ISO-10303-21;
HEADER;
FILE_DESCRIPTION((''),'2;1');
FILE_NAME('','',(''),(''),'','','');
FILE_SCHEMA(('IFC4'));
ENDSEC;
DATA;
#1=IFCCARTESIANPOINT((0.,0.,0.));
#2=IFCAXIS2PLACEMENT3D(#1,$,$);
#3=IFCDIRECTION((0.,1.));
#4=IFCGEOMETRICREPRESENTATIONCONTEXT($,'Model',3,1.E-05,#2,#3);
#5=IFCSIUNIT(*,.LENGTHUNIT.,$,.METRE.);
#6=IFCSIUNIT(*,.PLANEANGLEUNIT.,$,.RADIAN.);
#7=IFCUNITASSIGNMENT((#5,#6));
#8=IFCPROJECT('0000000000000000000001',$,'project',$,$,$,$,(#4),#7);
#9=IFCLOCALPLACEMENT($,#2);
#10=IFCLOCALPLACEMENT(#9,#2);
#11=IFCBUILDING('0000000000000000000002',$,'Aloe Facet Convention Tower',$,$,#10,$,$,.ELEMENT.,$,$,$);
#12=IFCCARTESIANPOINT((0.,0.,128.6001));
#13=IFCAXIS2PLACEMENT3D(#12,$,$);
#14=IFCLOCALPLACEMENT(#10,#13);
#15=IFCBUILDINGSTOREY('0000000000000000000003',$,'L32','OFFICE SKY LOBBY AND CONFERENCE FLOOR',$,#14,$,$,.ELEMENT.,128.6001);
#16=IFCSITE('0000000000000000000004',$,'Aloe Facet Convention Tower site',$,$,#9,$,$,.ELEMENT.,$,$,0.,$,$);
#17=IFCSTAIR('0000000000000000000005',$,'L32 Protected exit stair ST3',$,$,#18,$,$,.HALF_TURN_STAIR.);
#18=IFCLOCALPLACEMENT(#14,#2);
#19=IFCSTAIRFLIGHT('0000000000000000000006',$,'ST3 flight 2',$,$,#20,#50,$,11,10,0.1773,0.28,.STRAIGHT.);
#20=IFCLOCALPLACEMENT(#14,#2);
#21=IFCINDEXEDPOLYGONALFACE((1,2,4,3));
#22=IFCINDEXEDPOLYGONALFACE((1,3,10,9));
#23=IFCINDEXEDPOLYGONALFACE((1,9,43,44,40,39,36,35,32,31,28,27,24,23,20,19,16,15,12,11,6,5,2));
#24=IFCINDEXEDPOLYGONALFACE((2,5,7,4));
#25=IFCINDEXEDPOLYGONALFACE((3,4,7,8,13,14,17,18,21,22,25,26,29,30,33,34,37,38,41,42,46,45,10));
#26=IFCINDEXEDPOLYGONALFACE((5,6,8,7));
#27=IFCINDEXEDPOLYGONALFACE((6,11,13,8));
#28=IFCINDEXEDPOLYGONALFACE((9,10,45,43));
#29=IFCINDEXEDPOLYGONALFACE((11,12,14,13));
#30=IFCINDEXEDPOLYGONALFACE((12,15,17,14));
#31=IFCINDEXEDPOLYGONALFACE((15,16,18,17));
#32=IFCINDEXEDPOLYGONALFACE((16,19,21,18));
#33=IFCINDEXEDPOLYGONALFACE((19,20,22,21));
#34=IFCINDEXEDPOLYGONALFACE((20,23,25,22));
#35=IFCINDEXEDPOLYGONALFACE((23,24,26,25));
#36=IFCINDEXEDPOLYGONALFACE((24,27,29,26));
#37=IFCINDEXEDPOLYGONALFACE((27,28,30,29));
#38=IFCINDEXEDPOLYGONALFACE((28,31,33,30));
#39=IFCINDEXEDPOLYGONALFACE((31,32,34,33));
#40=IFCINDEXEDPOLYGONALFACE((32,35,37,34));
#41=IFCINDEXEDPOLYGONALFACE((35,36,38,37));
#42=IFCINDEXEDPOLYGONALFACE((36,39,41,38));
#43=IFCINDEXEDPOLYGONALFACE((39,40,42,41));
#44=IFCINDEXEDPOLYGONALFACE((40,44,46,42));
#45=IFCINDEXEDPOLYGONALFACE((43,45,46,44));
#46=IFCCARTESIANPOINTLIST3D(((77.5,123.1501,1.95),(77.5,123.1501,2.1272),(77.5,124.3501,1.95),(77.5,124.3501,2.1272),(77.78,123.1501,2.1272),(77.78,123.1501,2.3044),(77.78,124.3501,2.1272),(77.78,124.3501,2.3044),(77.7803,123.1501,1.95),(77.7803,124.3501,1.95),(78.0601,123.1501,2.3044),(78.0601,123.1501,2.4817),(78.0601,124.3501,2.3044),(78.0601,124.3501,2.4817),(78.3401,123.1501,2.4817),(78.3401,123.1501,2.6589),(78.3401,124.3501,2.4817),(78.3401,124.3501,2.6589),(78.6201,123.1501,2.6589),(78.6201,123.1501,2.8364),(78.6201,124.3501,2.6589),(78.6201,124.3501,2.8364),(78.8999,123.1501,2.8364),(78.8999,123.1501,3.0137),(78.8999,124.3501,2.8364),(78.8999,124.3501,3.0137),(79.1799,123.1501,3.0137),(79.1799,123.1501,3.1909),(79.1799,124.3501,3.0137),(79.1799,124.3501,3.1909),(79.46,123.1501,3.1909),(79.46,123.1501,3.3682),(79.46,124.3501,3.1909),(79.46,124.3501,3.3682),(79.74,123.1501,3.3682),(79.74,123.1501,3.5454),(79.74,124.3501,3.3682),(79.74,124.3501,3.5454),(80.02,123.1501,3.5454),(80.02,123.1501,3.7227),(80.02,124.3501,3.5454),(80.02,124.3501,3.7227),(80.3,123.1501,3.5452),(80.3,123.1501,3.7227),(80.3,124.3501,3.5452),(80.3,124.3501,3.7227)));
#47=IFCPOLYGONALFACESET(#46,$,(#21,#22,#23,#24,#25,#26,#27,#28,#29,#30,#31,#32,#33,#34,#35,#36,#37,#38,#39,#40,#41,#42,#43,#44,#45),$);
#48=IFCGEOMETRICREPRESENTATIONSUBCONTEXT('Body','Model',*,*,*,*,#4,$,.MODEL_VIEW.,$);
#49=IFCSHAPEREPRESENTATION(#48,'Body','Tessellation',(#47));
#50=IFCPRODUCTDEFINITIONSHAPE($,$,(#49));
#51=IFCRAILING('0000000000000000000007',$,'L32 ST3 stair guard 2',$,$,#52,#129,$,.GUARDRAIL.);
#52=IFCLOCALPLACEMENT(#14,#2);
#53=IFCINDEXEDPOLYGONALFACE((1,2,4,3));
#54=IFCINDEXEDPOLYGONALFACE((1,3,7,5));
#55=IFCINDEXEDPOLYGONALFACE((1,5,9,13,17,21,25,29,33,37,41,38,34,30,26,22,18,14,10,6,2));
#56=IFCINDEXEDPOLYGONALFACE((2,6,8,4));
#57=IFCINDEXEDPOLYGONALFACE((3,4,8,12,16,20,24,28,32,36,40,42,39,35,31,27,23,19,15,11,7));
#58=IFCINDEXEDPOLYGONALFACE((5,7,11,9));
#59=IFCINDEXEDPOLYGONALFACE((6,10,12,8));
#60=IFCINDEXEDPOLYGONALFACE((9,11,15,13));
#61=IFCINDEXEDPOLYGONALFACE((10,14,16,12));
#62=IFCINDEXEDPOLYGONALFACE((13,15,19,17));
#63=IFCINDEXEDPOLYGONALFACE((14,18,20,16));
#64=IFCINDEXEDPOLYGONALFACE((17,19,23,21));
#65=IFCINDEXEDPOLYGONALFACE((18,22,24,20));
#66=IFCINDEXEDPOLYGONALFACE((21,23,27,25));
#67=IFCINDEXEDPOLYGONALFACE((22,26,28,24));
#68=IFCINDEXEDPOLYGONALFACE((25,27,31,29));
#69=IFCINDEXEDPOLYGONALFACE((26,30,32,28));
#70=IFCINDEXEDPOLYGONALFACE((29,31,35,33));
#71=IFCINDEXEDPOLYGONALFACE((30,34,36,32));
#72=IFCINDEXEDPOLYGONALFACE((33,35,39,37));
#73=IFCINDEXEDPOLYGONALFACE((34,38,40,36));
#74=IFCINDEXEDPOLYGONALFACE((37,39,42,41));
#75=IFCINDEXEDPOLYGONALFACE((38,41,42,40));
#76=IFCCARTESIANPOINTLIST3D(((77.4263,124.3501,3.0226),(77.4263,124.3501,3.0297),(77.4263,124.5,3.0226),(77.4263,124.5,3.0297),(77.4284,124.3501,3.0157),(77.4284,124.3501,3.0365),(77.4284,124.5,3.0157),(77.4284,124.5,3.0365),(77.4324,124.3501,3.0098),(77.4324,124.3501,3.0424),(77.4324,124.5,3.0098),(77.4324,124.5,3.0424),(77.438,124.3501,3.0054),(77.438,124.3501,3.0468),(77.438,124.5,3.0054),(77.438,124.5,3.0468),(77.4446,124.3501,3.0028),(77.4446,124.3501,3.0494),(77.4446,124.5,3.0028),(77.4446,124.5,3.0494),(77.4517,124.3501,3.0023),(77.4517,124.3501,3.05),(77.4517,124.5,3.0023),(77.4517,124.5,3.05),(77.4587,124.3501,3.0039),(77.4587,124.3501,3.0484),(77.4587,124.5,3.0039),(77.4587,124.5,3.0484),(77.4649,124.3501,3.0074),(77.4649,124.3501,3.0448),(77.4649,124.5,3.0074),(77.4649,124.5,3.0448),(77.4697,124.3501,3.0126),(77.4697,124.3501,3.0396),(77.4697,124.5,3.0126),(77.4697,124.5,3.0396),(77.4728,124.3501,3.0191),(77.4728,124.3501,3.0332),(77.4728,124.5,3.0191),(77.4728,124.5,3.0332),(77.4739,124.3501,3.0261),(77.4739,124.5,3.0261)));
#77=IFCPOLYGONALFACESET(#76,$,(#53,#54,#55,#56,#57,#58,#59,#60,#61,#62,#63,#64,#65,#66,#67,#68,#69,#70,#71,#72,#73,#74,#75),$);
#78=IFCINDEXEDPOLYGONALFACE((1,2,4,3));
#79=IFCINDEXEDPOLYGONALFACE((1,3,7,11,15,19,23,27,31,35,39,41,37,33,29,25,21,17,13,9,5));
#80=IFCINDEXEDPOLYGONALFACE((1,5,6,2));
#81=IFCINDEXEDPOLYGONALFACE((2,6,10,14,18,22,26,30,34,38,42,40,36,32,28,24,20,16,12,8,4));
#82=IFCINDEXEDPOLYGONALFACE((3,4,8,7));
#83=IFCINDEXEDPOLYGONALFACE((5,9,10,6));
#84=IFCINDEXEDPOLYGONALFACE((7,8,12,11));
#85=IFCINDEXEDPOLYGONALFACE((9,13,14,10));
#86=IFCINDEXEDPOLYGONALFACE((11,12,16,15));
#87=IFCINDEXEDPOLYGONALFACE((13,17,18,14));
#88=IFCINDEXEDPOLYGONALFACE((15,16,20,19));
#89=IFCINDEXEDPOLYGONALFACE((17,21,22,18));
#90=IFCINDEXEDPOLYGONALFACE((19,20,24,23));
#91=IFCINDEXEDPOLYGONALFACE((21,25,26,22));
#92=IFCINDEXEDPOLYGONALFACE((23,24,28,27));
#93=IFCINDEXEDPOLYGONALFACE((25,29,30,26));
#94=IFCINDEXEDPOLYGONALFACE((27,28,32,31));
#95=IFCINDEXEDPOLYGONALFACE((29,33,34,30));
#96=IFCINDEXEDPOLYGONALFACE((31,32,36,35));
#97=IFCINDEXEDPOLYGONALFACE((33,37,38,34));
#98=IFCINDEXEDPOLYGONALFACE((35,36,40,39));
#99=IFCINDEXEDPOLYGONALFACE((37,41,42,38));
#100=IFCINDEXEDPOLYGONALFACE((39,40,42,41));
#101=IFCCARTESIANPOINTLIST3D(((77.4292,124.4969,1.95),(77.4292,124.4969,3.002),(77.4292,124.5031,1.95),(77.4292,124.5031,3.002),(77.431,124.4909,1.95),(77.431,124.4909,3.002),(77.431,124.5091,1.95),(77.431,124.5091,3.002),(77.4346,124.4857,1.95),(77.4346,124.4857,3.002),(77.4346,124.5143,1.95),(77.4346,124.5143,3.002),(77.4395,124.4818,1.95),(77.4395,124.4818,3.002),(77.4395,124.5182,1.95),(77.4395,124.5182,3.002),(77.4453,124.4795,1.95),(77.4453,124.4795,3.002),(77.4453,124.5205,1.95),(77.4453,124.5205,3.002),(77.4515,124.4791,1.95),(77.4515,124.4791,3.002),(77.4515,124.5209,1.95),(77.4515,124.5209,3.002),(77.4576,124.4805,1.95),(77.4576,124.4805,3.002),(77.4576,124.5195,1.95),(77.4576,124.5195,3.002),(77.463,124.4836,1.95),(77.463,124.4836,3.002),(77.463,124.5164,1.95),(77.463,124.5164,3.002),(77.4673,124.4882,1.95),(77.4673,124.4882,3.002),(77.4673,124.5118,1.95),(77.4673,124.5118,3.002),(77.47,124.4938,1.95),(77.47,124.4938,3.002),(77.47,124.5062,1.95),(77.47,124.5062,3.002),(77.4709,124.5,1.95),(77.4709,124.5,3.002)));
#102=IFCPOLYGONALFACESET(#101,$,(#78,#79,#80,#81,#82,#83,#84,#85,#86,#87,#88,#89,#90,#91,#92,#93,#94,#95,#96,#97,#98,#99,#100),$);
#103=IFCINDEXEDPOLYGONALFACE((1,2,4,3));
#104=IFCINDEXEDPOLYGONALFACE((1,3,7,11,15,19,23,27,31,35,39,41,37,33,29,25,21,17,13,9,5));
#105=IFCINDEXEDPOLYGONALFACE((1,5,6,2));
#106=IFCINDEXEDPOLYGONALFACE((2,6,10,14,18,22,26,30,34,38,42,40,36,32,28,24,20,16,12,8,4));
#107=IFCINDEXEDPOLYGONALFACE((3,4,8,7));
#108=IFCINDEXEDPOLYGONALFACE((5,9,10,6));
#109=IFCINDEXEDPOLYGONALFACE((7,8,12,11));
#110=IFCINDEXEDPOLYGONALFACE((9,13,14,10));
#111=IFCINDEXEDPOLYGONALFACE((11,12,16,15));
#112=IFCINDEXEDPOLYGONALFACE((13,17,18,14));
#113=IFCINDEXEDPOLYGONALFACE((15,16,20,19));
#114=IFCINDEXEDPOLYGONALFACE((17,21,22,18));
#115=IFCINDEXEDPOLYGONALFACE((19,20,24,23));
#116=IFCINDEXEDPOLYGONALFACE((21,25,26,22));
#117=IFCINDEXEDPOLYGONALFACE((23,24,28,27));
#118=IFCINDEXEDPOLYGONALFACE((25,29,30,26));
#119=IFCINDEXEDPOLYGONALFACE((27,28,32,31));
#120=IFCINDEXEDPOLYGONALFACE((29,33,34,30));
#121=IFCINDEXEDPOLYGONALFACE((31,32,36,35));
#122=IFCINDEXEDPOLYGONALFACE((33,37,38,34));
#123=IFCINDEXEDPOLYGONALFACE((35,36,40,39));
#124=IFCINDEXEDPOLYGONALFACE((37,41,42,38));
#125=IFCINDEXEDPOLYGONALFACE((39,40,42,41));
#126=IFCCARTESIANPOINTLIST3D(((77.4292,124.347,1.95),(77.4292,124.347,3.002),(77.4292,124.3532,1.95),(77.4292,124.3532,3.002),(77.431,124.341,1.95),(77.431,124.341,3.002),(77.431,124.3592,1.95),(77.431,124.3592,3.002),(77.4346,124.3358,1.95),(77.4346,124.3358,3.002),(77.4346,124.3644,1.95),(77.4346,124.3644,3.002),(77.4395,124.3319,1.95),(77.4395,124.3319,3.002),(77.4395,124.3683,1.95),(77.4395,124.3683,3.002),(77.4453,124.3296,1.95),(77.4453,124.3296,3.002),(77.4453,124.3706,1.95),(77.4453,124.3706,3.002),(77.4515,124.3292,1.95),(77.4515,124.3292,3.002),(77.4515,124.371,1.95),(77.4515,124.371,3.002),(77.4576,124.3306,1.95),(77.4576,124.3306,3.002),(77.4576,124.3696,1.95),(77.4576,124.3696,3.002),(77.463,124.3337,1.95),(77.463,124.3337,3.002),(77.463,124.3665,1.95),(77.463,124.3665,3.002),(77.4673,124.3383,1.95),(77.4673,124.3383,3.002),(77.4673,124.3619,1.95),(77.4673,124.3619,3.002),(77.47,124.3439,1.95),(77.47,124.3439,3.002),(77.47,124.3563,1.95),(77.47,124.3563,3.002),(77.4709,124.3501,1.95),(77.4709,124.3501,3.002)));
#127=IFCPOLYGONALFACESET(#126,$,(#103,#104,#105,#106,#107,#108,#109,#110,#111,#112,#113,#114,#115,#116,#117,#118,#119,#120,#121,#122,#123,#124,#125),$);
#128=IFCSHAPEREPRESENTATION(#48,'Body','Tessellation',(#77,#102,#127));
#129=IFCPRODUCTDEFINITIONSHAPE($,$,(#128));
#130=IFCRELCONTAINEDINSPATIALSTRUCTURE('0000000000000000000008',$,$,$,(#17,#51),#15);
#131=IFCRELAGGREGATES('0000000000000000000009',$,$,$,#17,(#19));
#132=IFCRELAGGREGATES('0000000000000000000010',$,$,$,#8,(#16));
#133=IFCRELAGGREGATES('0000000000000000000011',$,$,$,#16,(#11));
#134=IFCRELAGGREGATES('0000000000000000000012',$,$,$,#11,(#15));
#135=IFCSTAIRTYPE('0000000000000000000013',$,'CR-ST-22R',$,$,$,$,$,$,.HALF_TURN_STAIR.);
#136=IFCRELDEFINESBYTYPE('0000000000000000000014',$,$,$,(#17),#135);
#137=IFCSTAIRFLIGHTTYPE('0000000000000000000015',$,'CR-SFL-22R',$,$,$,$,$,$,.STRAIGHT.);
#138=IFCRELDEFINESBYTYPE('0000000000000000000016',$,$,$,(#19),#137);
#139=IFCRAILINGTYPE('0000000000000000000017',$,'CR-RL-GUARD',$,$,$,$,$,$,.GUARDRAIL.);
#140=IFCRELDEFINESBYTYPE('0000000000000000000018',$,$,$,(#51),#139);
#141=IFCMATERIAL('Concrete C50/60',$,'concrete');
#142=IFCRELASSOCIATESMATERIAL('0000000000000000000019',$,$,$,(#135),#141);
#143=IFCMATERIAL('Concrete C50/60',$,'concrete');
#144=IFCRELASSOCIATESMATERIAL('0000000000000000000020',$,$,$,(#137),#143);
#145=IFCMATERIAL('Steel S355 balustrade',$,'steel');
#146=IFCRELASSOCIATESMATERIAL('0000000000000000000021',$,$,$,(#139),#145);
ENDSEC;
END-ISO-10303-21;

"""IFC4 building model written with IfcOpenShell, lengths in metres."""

from ifc_helpers import new_model, si_unit, direction, frame, origin, origin_2d, place, context, subcontext, project, spatial, polyline, circle, outline, extrude, material, type_object, element, aggregate, save


model = new_model("IFC4")

# Units and contexts
model_context = context("Model", 3, precision=1e-05, world=origin(), true_north=direction((0.0, 1.0)))
body_context = subcontext(model_context, "Body", "Model", "MODEL_VIEW")
ifc_project = project(units=[si_unit("LENGTHUNIT", "METRE"), si_unit("PLANEANGLEUNIT", "RADIAN")], contexts=[model_context])

# Site, building, storey
site_placement = place(None, origin())
site = spatial("IfcSite", under=ifc_project, at=site_placement, Name="Aloe Facet Convention Tower site", CompositionType="ELEMENT", RefElevation=0.0)
building_placement = place(site_placement, origin())
building = spatial("IfcBuilding", under=site, at=building_placement, Name="Aloe Facet Convention Tower", CompositionType="ELEMENT")
storey_placement = place(building_placement, frame((0.0, 0.0, 128.6001)))
storey = spatial("IfcBuildingStorey", under=building, at=storey_placement, Name="L32", Description="OFFICE SKY LOBBY AND CONFERENCE FLOOR", CompositionType="ELEMENT", Elevation=128.6001)

# Stair, stair flight
ifc_material_1 = material(Name="Concrete C50/60", Category="concrete")
stair_type = type_object("IfcStairType", Name="CR-ST-22R", PredefinedType="HALF_TURN_STAIR", material=ifc_material_1)
stair_placement = place(storey_placement, origin())
stair = element("IfcStair", 1, at=stair_placement, inside=storey, type_object=stair_type, Name="L32 Protected exit stair ST3", PredefinedType="HALF_TURN_STAIR")
ifc_material_2 = material(Name="Concrete C50/60", Category="concrete")
stair_flight_type = type_object("IfcStairFlightType", Name="CR-SFL-22R", PredefinedType="STRAIGHT", material=ifc_material_2)
stair_flight_placement = place(storey_placement, frame((77.5, 123.75, 1.95), z_axis=(0.0, 0.0, 1.0), x_axis=(1.0, 0.0, 0.0)))
stair_flight = element("IfcStairFlight", 2, at=stair_flight_placement, type_object=stair_flight_type, Name="ST3 flight 2", NumberOfRisers=11, NumberOfTreads=10, PredefinedType="STRAIGHT", RiserHeight=0.1773, TreadLength=0.28, context=body_context, shape_type="SweptSolid", body=[
    extrude(outline(polyline([(0.0, 0.0), (0.0, 0.1772), (0.28, 0.1772), (0.28, 0.3545), (0.5601, 0.3545), (0.5601, 0.5317), (0.8401, 0.5317), (0.8401, 0.709), (1.1201, 0.709), (1.1201, 0.8865), (1.3999, 0.8865), (1.3999, 1.0637), (1.6799, 1.0637), (1.6799, 1.241), (1.96, 1.241), (1.96, 1.4182), (2.24, 1.4182), (2.24, 1.5955), (2.52, 1.5955), (2.52, 1.7727), (2.8, 1.7727), (2.8, 1.95), (2.8, 1.5952), (0.2803, 0.0), (0.0, 0.0)])), frame((0.0, 0.6001, 0.0), z_axis=(0.0, -1.0, 0.0), x_axis=(1.0, 0.0, 0.0)), (0.0, 0.0, 1.0), 1.2),
])
aggregate(stair, [stair_flight])

# Railing
ifc_material_3 = material(Name="Steel S355 balustrade", Category="steel")
railing_type_1 = type_object("IfcRailingType", Name="CR-RL-GUARD", PredefinedType="GUARDRAIL", material=ifc_material_3)
railing_1_placement = place(storey_placement, frame((77.45, 124.5, 1.95)))
element("IfcRailing", 3, at=railing_1_placement, inside=storey, type_object=railing_type_1, Name="L32 ST3 stair guard 2", PredefinedType="GUARDRAIL", context=body_context, shape_type="SweptSolid", body=[
    extrude(circle(Radius=0.0239, at=origin_2d()), frame((0.0, 0.0, 1.0762), z_axis=(0.0, -1.0, 0.0), x_axis=(1.0, 0.0, 0.0)), (0.0, 0.0, 1.0), 0.1499),
    extrude(circle(Radius=0.021, at=origin_2d()), origin(), (0.0, 0.0, 1.0), 1.052),
    extrude(circle(Radius=0.021, at=origin_2d()), frame((0.0, -0.1499, 0.0)), (0.0, 0.0, 1.0), 1.052),
])

save(model, "model.ifc")
